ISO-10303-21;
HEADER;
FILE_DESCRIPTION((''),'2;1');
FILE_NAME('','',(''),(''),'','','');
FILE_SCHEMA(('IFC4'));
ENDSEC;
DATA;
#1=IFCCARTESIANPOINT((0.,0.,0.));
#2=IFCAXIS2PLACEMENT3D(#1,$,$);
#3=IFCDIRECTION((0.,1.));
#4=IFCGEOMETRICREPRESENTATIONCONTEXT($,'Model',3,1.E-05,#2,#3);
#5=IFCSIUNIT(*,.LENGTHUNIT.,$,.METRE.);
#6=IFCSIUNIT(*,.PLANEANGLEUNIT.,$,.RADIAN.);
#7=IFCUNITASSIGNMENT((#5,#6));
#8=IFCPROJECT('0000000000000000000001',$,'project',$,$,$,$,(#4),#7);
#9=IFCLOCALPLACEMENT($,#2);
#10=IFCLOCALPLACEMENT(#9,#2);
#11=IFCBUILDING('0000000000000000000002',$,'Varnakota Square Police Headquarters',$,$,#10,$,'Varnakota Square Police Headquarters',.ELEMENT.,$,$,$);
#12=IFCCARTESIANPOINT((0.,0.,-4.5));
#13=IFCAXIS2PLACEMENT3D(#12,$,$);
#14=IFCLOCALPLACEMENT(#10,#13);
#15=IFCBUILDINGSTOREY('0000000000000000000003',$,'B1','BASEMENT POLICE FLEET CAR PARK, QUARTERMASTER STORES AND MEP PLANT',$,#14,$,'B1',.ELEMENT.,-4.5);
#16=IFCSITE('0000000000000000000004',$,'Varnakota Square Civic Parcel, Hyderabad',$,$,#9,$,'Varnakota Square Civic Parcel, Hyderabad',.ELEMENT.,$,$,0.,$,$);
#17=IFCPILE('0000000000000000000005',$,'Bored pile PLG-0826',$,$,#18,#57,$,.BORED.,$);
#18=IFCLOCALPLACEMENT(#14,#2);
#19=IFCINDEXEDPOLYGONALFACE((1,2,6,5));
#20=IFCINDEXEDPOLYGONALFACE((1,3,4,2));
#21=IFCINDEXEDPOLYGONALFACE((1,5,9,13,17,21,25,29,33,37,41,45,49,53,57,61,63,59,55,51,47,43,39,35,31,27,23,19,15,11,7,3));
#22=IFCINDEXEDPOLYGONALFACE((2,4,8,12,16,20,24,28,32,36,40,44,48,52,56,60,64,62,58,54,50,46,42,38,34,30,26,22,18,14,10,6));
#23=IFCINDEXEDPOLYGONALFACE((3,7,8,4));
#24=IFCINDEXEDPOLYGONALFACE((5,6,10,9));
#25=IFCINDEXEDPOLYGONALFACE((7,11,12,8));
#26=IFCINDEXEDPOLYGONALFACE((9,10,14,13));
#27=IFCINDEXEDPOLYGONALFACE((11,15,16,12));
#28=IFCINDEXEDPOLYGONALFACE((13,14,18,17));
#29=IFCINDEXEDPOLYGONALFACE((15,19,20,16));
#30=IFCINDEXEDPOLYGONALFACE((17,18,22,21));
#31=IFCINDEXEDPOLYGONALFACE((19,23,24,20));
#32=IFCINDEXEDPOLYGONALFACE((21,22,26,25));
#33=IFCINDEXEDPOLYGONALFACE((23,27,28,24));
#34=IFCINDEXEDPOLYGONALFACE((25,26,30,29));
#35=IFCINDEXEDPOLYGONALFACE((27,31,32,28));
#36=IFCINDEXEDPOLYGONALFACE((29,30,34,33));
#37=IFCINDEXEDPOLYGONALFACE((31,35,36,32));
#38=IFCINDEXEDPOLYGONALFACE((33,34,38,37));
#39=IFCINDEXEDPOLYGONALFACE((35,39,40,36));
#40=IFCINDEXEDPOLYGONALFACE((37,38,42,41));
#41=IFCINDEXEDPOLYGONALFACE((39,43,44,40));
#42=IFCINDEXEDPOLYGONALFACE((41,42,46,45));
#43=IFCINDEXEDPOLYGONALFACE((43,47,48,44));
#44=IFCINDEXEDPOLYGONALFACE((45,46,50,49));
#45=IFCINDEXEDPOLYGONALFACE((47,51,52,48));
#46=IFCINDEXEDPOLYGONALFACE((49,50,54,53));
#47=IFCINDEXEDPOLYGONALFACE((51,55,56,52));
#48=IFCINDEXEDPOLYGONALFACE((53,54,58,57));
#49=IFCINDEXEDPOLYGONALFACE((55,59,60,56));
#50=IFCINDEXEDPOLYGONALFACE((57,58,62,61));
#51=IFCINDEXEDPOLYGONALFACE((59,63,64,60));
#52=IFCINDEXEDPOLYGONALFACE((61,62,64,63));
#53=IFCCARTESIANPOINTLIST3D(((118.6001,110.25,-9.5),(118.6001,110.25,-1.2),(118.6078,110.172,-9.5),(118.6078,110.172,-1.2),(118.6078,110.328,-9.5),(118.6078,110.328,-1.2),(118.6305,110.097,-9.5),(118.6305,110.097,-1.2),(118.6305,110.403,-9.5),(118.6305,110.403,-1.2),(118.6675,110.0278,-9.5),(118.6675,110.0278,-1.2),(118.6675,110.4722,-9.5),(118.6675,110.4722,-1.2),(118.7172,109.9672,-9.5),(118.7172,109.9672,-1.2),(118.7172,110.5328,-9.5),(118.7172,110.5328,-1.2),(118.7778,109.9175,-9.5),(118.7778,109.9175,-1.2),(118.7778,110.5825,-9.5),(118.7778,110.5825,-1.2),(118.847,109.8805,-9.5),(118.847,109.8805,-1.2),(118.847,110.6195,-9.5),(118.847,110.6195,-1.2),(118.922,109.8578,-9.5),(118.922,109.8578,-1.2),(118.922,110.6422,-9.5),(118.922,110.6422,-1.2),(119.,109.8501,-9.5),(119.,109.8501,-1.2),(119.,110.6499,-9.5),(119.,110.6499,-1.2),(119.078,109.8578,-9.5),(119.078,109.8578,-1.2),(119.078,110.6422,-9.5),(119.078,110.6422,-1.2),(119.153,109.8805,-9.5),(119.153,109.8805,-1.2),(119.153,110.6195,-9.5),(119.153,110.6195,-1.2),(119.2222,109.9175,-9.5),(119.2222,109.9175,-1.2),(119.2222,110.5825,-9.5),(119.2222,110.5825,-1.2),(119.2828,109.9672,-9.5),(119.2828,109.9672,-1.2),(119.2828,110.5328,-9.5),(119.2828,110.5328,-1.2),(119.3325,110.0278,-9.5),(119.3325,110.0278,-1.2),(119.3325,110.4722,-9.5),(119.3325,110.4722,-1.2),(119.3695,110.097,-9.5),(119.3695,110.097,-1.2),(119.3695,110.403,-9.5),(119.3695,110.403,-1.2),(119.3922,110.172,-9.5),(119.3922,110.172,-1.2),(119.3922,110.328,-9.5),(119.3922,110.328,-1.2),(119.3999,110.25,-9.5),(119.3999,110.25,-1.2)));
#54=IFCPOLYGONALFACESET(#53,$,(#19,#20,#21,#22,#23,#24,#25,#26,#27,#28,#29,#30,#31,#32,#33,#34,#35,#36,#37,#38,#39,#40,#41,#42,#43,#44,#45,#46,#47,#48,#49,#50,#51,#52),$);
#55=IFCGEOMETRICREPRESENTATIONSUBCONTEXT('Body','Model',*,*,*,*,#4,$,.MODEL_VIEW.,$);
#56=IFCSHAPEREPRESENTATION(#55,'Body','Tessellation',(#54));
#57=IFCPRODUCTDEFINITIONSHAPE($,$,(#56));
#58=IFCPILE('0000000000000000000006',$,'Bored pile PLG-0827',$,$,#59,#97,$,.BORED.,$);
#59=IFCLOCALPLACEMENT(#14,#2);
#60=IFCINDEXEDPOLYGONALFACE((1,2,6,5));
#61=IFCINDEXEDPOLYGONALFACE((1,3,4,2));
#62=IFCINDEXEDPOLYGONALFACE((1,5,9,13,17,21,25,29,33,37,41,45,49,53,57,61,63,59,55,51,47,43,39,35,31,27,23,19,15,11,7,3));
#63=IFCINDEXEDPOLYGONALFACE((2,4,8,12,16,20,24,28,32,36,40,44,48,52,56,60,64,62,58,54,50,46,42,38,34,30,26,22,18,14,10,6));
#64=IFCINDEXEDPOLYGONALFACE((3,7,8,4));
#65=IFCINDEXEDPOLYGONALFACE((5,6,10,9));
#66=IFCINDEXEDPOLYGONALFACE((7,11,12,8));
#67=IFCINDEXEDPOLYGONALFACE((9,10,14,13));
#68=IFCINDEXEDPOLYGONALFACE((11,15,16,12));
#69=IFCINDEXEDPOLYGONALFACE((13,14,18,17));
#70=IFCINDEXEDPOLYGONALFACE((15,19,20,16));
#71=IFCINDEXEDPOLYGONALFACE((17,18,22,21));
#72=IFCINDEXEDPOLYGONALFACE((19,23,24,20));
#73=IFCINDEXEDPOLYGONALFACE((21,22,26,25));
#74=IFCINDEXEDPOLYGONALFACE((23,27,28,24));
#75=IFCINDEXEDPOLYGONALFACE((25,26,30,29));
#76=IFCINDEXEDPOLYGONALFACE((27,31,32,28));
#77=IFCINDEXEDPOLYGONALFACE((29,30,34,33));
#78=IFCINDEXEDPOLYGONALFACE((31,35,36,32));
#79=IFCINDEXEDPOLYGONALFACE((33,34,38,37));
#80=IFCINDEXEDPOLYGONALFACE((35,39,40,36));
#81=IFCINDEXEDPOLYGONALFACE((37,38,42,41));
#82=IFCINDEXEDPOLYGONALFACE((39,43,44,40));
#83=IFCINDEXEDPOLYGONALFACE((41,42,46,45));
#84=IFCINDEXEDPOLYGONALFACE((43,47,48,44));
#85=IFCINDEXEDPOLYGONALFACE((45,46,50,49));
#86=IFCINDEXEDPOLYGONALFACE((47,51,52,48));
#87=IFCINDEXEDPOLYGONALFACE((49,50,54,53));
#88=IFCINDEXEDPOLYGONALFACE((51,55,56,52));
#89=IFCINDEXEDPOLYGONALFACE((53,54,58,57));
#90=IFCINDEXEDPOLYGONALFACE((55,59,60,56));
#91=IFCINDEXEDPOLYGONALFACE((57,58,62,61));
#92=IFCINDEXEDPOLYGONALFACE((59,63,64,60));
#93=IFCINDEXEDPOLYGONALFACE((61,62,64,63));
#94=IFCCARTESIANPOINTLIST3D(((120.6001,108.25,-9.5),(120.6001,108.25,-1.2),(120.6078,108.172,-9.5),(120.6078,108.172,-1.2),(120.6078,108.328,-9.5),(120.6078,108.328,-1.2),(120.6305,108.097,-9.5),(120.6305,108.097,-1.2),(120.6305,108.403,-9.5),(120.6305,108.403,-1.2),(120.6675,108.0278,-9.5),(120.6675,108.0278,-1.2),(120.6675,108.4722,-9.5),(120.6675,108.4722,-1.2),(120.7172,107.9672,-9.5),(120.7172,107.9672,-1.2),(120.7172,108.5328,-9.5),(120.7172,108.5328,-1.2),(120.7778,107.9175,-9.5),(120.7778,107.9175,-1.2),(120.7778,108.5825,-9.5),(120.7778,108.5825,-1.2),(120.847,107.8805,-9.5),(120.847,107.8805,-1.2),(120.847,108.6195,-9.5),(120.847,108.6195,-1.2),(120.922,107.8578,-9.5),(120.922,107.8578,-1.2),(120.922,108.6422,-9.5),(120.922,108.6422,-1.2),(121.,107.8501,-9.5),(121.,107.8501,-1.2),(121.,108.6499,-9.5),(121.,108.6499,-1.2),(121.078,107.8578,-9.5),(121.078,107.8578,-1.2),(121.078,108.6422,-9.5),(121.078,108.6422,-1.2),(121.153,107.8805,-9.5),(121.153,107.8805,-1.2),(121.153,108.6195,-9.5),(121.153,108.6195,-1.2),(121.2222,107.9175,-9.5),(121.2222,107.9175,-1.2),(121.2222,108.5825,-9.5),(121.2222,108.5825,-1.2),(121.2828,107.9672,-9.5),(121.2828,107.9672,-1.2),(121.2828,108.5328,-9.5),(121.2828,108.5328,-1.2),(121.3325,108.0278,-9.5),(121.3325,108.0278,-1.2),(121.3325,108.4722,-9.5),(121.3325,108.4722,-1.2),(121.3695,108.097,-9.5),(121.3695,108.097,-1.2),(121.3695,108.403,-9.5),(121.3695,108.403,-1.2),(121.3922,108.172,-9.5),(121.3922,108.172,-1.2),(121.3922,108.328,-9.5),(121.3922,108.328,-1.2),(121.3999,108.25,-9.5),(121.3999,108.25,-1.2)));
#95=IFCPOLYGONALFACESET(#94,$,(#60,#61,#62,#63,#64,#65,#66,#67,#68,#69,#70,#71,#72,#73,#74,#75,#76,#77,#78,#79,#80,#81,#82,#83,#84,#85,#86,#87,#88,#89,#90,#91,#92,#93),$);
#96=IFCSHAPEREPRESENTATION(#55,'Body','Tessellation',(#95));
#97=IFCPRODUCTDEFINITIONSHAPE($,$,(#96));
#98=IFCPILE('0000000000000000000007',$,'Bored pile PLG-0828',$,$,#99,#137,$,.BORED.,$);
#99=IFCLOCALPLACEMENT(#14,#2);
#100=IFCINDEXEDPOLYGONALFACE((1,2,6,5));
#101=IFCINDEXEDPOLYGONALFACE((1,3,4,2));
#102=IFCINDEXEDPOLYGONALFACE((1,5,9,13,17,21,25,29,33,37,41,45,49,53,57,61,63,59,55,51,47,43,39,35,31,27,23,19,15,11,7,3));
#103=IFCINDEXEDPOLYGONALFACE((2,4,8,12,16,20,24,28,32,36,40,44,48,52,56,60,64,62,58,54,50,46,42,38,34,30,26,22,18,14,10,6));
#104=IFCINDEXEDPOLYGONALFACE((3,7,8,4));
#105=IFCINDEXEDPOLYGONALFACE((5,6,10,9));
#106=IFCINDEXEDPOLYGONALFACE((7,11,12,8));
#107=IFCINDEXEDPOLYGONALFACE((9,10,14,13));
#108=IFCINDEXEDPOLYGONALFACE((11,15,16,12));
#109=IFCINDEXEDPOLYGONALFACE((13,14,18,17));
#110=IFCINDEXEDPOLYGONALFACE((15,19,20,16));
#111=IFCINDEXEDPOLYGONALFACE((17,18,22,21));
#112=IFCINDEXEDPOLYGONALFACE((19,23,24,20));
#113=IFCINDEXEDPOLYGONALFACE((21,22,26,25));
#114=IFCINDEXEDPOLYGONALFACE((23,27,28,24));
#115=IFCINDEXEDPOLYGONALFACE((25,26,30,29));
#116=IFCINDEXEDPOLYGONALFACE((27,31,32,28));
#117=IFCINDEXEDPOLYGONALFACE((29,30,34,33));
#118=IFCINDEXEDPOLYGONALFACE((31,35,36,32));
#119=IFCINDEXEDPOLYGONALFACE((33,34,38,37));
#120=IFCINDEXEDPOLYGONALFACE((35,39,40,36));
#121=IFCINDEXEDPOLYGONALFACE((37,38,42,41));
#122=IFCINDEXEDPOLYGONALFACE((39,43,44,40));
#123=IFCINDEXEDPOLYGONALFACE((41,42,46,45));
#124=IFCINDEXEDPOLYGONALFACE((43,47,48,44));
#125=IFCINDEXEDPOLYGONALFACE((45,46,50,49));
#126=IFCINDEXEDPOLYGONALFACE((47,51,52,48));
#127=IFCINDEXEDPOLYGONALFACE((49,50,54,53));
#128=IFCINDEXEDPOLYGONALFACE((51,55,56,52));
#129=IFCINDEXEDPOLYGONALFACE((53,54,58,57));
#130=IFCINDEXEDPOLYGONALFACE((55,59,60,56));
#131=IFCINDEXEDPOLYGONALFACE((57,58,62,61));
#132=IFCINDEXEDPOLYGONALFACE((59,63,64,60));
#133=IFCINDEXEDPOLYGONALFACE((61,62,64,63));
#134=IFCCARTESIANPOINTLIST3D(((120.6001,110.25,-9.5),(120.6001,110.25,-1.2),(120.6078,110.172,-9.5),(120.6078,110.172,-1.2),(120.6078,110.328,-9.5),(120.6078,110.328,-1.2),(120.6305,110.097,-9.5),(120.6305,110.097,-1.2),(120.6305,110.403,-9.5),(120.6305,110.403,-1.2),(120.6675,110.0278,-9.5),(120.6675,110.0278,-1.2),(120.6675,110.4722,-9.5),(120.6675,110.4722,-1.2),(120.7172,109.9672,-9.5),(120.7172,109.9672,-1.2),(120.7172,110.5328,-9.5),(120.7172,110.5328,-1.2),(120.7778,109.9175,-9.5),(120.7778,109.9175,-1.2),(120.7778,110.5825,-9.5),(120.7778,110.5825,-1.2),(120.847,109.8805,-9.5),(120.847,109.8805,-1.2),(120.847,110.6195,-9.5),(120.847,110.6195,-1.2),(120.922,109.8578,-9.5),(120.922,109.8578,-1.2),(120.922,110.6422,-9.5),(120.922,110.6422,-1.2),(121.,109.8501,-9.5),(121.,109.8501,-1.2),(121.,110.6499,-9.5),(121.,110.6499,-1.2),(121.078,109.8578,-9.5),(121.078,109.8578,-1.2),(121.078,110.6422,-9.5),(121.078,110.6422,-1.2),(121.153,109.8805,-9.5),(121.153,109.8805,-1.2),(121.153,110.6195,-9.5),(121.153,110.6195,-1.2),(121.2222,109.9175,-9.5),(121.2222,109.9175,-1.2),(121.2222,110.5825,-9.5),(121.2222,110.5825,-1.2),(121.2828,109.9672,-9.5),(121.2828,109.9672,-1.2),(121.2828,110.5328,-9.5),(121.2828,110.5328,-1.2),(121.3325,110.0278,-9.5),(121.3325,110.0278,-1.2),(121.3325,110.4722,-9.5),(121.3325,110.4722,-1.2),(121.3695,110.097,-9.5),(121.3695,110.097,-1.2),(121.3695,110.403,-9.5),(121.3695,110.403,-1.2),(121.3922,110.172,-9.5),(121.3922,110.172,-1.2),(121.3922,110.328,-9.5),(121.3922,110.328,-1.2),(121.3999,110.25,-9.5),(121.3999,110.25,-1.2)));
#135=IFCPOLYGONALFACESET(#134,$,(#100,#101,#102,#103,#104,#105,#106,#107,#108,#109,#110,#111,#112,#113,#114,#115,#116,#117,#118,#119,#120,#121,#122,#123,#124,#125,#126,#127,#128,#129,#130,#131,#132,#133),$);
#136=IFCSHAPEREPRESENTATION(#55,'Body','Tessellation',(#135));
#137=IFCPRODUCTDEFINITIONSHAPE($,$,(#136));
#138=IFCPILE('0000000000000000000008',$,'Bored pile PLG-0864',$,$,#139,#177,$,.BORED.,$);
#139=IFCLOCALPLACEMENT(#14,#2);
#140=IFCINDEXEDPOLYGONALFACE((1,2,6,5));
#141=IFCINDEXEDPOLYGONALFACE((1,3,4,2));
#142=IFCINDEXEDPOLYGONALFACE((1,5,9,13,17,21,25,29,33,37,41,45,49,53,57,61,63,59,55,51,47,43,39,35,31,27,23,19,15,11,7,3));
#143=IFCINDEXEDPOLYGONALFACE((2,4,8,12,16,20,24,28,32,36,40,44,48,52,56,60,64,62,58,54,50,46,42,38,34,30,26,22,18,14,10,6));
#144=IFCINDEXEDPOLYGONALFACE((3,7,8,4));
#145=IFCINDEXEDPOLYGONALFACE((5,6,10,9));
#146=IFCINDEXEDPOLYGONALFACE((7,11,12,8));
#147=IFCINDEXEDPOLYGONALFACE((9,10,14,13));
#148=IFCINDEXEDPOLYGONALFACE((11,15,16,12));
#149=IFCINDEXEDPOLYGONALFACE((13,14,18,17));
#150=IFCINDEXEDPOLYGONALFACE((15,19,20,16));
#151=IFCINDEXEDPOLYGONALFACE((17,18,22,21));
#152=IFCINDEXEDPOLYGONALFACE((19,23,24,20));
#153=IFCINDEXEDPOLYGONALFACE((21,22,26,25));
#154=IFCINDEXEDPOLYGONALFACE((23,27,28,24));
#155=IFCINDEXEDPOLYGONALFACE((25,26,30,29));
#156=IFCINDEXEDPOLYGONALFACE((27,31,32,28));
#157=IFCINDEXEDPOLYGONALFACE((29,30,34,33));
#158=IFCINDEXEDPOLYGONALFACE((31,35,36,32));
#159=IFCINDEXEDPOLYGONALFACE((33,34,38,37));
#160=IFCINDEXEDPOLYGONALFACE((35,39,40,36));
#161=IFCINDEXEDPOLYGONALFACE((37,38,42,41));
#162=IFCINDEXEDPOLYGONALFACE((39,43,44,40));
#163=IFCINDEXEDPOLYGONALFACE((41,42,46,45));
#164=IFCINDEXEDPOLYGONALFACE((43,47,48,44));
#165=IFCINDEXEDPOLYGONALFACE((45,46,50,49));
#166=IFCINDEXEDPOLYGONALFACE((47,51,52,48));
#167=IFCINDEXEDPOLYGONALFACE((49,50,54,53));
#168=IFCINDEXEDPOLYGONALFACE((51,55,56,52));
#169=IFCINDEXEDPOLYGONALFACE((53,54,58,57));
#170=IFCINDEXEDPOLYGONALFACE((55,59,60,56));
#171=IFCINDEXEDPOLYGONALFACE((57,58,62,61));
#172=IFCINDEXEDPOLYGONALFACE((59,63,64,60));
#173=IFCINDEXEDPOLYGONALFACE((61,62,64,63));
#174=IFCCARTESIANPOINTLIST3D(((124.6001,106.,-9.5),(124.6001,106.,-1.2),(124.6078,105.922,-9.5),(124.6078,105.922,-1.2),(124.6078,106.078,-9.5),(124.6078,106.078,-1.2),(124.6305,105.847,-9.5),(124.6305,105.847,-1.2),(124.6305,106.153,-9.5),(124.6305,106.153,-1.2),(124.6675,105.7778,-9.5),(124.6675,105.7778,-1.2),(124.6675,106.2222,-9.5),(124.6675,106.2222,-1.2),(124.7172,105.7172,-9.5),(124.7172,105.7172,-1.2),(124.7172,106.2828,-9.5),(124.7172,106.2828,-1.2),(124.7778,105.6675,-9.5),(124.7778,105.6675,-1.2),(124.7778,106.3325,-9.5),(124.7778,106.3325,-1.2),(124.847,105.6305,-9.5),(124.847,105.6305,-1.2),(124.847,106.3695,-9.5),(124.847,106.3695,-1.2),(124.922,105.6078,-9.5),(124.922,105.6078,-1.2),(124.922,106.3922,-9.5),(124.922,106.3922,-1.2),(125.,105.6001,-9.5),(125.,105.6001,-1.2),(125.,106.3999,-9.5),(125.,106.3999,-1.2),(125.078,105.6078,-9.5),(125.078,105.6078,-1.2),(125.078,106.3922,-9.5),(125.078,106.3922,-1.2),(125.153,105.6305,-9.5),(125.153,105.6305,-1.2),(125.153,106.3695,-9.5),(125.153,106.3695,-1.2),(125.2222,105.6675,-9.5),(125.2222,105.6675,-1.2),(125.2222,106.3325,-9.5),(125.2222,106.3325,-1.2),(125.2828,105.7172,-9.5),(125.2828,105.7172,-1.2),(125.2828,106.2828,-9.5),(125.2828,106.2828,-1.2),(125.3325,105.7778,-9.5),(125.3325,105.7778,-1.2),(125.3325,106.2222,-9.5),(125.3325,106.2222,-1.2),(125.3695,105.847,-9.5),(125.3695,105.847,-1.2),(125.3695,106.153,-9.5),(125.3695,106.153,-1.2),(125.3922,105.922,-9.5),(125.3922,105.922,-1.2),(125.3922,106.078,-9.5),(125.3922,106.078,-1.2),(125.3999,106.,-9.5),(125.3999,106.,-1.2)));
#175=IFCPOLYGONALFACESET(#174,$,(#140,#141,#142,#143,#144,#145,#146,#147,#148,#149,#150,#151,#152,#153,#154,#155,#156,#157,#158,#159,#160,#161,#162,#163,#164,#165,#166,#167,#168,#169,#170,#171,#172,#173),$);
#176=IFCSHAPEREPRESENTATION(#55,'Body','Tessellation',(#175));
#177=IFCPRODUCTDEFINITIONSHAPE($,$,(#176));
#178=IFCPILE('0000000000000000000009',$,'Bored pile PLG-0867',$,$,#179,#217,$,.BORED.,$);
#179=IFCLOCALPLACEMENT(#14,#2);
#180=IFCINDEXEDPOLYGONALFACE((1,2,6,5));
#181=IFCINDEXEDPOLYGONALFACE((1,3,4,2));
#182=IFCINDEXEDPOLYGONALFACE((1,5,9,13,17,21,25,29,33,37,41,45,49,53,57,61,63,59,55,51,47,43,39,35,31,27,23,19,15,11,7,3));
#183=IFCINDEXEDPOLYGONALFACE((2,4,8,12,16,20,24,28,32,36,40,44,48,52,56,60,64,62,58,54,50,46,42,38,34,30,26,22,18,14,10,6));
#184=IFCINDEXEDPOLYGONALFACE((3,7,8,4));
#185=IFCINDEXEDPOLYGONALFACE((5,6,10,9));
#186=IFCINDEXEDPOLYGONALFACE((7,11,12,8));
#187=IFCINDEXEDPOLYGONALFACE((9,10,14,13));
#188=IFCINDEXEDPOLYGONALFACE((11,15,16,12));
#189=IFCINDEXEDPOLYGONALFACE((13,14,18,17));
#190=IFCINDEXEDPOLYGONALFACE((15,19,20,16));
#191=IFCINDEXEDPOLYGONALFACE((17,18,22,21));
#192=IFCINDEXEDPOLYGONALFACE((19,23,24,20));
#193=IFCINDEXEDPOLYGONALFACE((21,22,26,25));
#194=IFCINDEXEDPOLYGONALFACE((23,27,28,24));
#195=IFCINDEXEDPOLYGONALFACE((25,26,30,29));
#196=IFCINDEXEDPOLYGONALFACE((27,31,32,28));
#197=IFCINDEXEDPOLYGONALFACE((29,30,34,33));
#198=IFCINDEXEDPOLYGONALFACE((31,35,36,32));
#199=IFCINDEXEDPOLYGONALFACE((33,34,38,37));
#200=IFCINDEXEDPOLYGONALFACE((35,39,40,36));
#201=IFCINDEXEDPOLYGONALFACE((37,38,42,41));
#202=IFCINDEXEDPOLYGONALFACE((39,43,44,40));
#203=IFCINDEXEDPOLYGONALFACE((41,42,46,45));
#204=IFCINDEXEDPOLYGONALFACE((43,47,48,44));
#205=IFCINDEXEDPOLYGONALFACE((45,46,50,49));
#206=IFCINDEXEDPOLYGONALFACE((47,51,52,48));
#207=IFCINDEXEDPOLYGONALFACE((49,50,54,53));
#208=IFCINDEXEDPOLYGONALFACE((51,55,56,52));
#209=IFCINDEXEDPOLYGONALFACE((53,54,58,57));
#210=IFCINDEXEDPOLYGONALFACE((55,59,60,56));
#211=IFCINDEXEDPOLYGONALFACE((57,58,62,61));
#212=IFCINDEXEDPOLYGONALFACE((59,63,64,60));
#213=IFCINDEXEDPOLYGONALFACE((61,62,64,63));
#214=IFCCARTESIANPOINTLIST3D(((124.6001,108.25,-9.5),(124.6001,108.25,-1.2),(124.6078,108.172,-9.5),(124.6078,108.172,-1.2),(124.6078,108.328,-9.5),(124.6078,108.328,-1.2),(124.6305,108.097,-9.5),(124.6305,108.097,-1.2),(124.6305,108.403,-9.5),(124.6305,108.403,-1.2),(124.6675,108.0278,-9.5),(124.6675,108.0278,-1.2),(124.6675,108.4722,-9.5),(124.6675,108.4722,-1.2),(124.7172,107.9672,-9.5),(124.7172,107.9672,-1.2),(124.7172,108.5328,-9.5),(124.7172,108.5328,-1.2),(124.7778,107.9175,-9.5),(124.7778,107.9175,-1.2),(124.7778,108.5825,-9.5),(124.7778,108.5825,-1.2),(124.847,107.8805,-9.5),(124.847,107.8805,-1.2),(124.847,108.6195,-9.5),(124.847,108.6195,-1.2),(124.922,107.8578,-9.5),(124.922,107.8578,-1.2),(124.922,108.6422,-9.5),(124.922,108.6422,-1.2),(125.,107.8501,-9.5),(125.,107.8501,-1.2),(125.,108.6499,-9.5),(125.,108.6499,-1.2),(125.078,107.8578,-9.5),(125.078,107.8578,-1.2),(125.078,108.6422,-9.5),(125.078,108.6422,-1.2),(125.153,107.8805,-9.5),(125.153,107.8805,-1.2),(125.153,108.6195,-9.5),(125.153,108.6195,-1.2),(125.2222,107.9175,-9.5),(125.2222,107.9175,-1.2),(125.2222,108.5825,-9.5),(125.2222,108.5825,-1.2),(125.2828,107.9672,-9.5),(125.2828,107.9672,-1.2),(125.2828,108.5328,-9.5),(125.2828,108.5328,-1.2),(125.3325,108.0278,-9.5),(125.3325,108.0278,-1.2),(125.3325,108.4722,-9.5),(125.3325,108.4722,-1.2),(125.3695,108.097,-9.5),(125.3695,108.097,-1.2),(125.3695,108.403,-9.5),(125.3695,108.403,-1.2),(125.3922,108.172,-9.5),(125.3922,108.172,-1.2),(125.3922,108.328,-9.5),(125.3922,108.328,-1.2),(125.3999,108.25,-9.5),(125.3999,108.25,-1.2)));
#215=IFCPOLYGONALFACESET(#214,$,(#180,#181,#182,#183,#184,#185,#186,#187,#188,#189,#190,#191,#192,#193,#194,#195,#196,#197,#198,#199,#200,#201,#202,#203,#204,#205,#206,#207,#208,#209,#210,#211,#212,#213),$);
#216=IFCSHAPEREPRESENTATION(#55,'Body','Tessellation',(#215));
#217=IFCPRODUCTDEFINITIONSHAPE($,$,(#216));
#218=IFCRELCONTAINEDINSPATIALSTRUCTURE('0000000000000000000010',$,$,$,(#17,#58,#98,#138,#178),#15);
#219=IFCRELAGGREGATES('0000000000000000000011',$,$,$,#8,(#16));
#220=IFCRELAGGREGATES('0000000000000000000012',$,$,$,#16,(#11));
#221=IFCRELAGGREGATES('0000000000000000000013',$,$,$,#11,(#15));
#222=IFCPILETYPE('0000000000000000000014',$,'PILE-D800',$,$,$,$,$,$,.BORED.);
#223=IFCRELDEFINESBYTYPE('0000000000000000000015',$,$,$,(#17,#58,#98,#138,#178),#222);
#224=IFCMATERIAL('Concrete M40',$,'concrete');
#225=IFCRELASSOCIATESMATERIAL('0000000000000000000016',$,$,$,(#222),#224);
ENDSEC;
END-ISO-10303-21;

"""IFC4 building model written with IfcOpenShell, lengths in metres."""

from ifc_helpers import new_model, si_unit, direction, frame, origin, origin_2d, place, context, subcontext, project, spatial, circle, extrude, material, material_profile, profile_set, type_object, element, save


model = new_model("IFC4")

# Units and contexts
model_context = context("Model", 3, precision=1e-05, world=origin(), true_north=direction((0.0, 1.0)))
body_context = subcontext(model_context, "Body", "Model", "MODEL_VIEW")
ifc_project = project(units=[si_unit("LENGTHUNIT", "METRE"), si_unit("PLANEANGLEUNIT", "RADIAN")], contexts=[model_context])

# Site, building, storey
site_placement = place(None, origin())
site = spatial("IfcSite", under=ifc_project, at=site_placement, Name="Varnakota Square Civic Parcel, Hyderabad", LongName="Varnakota Square Civic Parcel, Hyderabad", CompositionType="ELEMENT", RefElevation=0.0)
building_placement = place(site_placement, origin())
building = spatial("IfcBuilding", under=site, at=building_placement, Name="Varnakota Square Police Headquarters", LongName="Varnakota Square Police Headquarters", CompositionType="ELEMENT")
storey_placement = place(building_placement, frame((0.0, 0.0, -4.5)))
storey = spatial("IfcBuildingStorey", under=building, at=storey_placement, Name="B1", Description="BASEMENT POLICE FLEET CAR PARK, QUARTERMASTER STORES AND MEP PLANT", LongName="B1", CompositionType="ELEMENT", Elevation=-4.5)

# Shared definitions
ifc_material_1 = material(Name="Concrete M40", Category="concrete")

# Piles
ifc_material_profile_1 = material_profile(ifc_material_1, circle(Radius=0.3999, at=origin_2d()), Name="BORED PILE 800")
ifc_profile_set_1 = profile_set([ifc_material_profile_1], Name="Concrete M40")
pile_type = type_object("IfcPileType", Name="PILE-D800", PredefinedType="BORED", material=ifc_profile_set_1)
for number, where, z_axis, x_axis, name in (
    (1, (119.0, 110.25, -1.2), (0.0, 0.0, -1.0), (1.0, 0.0, 0.0), "Bored pile PLG-0826"),
    (2, (121.0, 108.25, -1.2), (0.0, 0.0, -1.0), (1.0, 0.0, 0.0), "Bored pile PLG-0827"),
    (3, (121.0, 110.25, -1.2), (0.0, 0.0, -1.0), (1.0, 0.0, 0.0), "Bored pile PLG-0828"),
    (4, (125.0, 106.0, -1.2), (0.0, 0.0, -1.0), (1.0, 0.0, 0.0), "Bored pile PLG-0864"),
    (5, (125.0, 108.25, -1.2), (0.0, 0.0, -1.0), (1.0, 0.0, 0.0), "Bored pile PLG-0867"),
):
    element("IfcPile", number, at=place(storey_placement, frame(where, z_axis=z_axis, x_axis=x_axis)), inside=storey, type_object=pile_type, Name=name, PredefinedType="BORED", context=body_context, shape_type="SweptSolid", body=[
        extrude(circle(Radius=0.3999, at=origin_2d()), origin(), (0.0, 0.0, 1.0), 8.3),
    ])

save(model, "model.ifc")
